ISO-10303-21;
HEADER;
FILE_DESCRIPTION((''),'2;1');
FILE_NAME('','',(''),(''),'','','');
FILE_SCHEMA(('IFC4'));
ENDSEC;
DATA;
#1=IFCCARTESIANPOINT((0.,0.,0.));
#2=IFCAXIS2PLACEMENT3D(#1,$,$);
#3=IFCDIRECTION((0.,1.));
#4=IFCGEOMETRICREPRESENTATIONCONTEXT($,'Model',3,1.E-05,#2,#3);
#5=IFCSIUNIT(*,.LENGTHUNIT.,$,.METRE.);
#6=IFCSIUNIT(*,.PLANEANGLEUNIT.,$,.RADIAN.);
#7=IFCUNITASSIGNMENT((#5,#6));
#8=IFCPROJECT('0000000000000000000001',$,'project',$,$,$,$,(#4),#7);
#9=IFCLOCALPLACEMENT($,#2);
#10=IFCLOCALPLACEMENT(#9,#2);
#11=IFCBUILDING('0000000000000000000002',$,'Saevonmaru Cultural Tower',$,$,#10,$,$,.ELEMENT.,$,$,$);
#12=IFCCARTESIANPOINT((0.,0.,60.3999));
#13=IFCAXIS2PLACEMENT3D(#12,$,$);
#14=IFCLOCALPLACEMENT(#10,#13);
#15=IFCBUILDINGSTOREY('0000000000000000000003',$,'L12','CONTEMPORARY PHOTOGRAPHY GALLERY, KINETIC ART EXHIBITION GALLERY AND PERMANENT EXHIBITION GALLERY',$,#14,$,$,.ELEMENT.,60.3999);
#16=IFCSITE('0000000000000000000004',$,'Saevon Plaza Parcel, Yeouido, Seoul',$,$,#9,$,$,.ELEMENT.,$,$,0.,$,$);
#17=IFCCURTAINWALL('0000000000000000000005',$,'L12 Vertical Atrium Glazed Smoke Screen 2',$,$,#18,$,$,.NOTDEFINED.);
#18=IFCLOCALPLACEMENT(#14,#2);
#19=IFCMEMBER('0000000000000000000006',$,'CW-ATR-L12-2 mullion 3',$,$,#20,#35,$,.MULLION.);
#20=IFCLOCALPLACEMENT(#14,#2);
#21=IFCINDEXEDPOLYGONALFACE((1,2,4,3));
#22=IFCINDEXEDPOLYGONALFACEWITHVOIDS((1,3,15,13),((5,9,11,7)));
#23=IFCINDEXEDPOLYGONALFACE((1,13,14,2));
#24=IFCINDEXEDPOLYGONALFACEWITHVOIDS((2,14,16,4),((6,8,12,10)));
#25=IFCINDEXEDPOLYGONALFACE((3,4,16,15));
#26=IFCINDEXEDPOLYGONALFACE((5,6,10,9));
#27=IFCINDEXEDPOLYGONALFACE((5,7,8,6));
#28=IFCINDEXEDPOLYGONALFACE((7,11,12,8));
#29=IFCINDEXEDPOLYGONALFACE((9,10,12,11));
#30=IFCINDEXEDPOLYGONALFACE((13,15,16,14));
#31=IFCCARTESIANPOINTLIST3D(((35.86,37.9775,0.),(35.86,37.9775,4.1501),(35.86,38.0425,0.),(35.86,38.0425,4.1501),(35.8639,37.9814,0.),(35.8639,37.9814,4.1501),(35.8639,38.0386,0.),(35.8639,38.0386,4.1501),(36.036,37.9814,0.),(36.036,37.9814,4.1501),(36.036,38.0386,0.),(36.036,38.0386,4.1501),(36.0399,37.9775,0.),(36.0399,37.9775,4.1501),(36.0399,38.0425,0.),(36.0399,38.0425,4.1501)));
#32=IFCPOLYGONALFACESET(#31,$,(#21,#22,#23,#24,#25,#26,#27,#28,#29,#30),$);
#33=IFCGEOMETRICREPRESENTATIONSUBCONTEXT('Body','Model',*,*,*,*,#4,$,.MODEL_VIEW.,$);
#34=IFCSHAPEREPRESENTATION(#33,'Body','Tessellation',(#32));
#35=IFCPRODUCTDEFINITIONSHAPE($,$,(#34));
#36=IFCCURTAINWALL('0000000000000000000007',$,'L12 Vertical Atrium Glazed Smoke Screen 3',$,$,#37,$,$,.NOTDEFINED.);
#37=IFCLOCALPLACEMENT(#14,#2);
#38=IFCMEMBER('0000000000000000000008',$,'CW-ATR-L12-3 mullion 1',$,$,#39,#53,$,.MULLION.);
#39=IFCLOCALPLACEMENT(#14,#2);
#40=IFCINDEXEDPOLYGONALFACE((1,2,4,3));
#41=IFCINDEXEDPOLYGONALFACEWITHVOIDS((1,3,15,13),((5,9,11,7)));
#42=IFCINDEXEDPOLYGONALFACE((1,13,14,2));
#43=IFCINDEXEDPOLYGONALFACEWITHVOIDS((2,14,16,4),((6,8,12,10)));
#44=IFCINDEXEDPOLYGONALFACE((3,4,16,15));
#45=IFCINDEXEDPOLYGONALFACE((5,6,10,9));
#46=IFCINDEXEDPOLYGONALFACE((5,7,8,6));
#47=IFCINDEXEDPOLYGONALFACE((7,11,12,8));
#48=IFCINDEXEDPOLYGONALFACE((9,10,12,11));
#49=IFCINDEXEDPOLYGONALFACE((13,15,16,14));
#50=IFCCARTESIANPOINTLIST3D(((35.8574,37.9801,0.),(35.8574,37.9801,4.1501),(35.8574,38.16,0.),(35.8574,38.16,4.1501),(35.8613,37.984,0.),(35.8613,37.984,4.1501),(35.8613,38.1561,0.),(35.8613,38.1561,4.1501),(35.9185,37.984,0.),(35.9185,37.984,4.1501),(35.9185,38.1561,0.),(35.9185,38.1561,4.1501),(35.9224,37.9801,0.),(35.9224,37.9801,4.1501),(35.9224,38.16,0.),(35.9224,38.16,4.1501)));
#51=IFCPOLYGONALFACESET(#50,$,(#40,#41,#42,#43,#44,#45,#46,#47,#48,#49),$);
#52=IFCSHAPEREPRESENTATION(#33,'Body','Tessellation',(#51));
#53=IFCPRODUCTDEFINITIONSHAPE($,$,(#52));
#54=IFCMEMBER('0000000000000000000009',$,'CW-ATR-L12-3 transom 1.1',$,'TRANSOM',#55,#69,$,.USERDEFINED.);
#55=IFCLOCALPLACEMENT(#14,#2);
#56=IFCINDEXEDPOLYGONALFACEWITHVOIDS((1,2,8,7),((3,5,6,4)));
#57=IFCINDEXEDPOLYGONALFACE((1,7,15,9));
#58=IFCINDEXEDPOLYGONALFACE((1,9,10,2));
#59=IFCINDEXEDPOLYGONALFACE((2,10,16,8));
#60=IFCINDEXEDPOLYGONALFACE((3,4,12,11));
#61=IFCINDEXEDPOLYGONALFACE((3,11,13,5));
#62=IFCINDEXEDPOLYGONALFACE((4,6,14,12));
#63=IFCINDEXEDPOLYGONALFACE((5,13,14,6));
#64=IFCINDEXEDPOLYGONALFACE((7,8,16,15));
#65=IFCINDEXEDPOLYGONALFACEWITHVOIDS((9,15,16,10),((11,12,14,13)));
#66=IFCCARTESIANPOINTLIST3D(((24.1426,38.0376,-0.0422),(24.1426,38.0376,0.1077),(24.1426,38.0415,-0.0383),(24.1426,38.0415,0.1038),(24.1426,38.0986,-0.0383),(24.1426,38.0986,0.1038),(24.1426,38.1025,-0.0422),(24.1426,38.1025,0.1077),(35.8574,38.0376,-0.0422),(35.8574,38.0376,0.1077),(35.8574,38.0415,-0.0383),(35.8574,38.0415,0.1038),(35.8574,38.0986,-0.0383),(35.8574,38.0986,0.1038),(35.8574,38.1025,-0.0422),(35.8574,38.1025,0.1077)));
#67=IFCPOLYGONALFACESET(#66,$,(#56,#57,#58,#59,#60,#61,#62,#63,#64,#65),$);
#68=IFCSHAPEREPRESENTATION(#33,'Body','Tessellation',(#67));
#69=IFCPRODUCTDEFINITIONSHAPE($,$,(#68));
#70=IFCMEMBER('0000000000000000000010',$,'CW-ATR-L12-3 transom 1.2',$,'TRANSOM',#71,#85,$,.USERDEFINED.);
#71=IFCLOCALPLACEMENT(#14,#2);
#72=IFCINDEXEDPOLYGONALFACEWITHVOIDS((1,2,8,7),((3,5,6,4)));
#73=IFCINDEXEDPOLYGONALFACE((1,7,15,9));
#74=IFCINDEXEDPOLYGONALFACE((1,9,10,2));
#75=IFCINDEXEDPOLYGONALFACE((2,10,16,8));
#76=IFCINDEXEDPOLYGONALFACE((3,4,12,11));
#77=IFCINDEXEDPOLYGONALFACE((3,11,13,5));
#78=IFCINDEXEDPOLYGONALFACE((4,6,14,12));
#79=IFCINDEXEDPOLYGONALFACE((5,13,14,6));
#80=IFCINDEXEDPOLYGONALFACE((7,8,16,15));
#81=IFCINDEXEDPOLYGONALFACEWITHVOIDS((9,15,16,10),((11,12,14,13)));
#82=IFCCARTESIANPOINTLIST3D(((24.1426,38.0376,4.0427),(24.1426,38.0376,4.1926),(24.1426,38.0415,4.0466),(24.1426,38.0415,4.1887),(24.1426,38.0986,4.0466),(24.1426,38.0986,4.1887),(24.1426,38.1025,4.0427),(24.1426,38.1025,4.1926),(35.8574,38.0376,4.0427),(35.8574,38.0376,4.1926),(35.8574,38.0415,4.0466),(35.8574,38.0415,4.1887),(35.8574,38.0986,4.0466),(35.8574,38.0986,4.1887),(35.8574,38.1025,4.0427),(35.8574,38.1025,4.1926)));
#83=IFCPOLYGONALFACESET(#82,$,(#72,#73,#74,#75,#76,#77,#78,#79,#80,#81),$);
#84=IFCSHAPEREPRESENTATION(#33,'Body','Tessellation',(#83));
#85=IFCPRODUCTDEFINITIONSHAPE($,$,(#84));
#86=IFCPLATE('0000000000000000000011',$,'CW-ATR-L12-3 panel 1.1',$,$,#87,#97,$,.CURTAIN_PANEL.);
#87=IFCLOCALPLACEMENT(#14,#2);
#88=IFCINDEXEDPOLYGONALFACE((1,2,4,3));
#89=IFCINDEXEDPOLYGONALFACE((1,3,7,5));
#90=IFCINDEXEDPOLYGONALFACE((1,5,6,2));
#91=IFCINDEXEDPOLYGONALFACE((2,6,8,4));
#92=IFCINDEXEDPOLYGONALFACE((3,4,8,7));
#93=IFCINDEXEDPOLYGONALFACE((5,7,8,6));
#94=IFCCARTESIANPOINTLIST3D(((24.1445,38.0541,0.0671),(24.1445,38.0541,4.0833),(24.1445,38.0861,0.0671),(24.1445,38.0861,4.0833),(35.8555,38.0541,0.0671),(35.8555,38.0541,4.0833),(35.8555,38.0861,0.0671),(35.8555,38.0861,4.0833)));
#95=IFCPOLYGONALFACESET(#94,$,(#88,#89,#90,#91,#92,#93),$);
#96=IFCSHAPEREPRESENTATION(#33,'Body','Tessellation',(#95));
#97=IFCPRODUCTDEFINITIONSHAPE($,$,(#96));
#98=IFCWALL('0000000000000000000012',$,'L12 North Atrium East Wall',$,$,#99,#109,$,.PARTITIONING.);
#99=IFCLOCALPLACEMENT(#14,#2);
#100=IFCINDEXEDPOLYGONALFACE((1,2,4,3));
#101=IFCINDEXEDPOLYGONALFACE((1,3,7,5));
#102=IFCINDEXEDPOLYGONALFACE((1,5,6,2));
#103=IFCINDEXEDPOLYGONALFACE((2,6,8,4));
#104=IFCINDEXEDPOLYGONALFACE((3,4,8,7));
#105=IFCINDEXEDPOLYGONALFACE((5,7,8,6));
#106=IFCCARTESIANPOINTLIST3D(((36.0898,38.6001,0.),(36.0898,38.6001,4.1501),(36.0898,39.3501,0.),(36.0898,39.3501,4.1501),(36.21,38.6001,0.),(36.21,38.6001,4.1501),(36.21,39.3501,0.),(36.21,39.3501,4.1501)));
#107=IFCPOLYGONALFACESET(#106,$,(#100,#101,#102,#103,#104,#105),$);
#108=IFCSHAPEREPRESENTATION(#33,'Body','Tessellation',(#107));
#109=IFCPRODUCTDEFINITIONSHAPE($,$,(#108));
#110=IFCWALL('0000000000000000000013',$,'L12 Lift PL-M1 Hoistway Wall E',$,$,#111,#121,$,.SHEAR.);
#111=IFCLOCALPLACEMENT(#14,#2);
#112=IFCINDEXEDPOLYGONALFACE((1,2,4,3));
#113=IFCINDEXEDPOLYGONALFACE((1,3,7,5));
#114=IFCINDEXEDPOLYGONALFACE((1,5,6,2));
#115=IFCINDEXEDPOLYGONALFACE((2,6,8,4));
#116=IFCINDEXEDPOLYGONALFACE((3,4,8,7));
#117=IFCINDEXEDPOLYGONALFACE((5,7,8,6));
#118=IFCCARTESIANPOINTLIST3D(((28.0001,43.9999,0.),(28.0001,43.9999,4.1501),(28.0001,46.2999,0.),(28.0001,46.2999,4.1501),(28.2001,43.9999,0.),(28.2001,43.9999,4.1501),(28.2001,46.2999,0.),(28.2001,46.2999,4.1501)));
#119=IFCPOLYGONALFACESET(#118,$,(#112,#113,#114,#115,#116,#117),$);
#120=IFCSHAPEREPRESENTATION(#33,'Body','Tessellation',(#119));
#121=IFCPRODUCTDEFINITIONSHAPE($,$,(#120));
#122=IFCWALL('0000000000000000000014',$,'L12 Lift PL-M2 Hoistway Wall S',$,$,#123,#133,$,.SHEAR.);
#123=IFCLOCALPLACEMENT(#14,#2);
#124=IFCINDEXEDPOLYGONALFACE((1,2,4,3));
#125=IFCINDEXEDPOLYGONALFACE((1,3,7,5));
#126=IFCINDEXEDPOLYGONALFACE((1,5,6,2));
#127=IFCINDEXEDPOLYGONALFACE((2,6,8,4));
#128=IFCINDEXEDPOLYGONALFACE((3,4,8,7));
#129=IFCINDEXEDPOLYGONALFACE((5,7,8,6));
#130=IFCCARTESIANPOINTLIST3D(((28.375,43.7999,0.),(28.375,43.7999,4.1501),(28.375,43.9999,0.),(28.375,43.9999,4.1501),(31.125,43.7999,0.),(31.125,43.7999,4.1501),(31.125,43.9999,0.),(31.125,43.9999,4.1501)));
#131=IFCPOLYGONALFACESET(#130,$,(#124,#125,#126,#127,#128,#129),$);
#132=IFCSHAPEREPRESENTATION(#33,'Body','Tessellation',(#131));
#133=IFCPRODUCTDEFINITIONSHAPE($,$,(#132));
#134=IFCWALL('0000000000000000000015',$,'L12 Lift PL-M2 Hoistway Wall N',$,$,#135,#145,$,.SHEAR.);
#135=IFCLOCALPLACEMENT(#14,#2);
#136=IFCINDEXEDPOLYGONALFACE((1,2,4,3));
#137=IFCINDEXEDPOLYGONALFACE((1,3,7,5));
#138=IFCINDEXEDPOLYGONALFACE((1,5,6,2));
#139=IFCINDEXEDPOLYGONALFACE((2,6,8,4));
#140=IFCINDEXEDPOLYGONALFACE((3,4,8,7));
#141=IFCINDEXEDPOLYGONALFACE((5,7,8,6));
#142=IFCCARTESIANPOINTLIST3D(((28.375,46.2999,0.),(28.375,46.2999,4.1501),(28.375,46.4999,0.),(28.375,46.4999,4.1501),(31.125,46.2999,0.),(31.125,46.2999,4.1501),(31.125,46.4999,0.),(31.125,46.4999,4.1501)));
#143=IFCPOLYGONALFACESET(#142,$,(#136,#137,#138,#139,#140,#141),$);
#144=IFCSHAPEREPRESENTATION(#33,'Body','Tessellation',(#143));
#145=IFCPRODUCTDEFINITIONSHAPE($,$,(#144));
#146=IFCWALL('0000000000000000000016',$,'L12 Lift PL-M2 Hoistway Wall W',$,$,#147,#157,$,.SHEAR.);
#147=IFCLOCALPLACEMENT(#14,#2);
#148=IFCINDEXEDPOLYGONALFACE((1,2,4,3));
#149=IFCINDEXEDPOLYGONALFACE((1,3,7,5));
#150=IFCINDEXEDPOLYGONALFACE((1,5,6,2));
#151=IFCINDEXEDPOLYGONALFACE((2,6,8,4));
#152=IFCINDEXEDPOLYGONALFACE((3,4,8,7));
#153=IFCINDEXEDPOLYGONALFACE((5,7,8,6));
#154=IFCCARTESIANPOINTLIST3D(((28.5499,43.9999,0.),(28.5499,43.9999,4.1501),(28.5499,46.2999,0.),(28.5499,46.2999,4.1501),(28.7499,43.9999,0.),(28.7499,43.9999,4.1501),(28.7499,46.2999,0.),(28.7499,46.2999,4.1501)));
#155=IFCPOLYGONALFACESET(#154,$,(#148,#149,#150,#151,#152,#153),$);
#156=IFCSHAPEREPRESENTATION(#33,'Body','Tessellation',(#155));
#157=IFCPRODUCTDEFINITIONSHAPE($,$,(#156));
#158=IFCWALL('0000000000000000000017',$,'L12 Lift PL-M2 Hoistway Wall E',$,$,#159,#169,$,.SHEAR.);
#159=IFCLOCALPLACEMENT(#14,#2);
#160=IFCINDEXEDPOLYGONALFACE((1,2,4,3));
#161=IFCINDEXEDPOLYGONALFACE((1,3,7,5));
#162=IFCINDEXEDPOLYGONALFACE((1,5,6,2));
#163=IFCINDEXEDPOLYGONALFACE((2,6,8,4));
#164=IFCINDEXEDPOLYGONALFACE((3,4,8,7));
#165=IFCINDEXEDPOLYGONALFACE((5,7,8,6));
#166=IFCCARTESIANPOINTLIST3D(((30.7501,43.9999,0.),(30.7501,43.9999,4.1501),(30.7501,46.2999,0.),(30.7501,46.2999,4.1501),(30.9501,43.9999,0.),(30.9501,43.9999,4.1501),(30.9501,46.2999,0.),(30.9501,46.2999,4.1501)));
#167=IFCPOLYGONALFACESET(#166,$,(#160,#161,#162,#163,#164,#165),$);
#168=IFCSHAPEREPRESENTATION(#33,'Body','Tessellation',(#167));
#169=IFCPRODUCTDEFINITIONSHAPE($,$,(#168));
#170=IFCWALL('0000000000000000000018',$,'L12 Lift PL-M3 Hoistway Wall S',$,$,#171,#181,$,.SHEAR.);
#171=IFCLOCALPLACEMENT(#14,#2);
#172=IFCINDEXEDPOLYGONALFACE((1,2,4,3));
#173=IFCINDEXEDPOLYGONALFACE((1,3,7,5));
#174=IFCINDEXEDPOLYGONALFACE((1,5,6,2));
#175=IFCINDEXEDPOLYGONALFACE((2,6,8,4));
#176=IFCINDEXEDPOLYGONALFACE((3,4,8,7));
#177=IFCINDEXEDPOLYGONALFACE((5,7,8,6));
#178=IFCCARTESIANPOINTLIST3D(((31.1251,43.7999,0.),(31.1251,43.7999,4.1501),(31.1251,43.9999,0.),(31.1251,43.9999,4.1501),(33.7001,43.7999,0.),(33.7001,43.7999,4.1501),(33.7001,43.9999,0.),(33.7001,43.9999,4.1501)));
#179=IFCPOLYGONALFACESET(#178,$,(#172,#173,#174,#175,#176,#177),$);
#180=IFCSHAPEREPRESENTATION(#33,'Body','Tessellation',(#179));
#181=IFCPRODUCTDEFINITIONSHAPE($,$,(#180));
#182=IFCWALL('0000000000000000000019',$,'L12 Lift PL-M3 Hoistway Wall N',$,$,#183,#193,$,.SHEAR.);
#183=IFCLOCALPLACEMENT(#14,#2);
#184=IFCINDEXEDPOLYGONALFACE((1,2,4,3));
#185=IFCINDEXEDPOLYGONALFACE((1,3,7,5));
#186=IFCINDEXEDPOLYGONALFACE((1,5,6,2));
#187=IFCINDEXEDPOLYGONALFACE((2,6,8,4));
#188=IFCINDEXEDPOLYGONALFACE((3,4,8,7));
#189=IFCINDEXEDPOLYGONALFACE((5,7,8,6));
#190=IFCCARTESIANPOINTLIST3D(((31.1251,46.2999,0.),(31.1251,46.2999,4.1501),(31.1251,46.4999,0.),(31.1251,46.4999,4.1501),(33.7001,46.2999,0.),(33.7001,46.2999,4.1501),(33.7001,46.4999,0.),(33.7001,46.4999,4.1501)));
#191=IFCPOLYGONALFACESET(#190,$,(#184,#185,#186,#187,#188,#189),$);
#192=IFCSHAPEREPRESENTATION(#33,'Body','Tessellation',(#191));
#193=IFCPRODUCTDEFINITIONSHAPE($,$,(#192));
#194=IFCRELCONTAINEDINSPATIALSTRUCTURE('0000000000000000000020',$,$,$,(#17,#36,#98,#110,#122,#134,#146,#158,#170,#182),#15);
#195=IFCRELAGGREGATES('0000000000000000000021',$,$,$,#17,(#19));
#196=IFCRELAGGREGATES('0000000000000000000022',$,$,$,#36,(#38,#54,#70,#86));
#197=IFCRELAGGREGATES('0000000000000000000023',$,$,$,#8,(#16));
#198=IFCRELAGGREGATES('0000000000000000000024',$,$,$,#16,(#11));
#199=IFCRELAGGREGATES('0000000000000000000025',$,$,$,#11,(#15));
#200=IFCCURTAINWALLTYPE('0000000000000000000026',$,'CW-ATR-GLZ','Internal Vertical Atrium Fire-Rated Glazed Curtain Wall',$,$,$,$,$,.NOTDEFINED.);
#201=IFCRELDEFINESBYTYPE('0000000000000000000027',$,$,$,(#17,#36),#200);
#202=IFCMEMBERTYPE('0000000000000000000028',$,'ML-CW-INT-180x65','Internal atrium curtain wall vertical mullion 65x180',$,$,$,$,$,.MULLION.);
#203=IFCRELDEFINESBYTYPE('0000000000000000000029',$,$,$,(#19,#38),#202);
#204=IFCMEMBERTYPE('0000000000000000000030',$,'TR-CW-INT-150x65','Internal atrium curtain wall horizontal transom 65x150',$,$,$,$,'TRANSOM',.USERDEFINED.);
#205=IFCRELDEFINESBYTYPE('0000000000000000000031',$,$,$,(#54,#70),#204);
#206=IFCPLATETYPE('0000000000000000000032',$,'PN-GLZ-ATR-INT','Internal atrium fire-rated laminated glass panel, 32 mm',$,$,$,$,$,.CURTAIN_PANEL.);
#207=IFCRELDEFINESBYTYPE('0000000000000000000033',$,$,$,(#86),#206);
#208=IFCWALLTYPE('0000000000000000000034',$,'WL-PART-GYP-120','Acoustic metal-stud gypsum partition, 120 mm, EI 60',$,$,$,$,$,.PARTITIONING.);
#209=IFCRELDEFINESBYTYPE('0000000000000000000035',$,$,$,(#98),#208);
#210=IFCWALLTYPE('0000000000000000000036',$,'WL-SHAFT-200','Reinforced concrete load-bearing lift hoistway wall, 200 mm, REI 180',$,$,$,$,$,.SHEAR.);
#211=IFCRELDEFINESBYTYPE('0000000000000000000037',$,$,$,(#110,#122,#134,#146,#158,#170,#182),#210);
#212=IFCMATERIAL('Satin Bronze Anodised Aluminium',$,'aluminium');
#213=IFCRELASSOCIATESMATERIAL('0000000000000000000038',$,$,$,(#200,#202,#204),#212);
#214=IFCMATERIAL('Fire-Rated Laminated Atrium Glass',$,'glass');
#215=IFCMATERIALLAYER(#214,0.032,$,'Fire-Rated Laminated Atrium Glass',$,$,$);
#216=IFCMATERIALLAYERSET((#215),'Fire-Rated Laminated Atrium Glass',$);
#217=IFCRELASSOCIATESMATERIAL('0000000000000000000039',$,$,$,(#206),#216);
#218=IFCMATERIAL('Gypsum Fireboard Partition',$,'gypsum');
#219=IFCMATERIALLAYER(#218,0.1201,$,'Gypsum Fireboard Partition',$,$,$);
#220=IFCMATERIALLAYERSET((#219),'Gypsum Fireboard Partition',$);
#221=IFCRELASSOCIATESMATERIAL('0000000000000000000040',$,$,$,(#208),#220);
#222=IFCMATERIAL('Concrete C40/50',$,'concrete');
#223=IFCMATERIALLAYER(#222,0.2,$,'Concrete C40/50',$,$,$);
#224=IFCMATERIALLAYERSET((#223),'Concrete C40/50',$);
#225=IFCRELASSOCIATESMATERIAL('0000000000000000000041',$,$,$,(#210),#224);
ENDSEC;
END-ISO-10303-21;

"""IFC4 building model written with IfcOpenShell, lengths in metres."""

from ifc_helpers import new_model, si_unit, direction, frame, frame_2d, origin, origin_2d, place, context, subcontext, project, spatial, rectangle, hollow_rectangle, extrude, material, layer, layer_set, material_profile, profile_set, type_object, element, aggregate, save


model = new_model("IFC4")

# Units and contexts
model_context = context("Model", 3, precision=1e-05, world=origin(), true_north=direction((0.0, 1.0)))
body_context = subcontext(model_context, "Body", "Model", "MODEL_VIEW")
ifc_project = project(units=[si_unit("LENGTHUNIT", "METRE"), si_unit("PLANEANGLEUNIT", "RADIAN")], contexts=[model_context])

# Site, building, storey
site_placement = place(None, origin())
site = spatial("IfcSite", under=ifc_project, at=site_placement, Name="Saevon Plaza Parcel, Yeouido, Seoul", CompositionType="ELEMENT", RefElevation=0.0)
building_placement = place(site_placement, origin())
building = spatial("IfcBuilding", under=site, at=building_placement, Name="Saevonmaru Cultural Tower", CompositionType="ELEMENT")
storey_placement = place(building_placement, frame((0.0, 0.0, 60.3999)))
storey = spatial("IfcBuildingStorey", under=building, at=storey_placement, Name="L12", Description="CONTEMPORARY PHOTOGRAPHY GALLERY, KINETIC ART EXHIBITION GALLERY AND PERMANENT EXHIBITION GALLERY", CompositionType="ELEMENT", Elevation=60.3999)

# Curtain wall, member
ifc_material_1 = material(Name="Satin Bronze Anodised Aluminium", Category="aluminium")
curtain_wall_type = type_object("IfcCurtainWallType", Name="CW-ATR-GLZ", Description="Internal Vertical Atrium Fire-Rated Glazed Curtain Wall", PredefinedType="NOTDEFINED", material=ifc_material_1)
curtain_wall_1_placement = place(storey_placement, origin())
curtain_wall_1 = element("IfcCurtainWall", 1, at=curtain_wall_1_placement, inside=storey, type_object=curtain_wall_type, Name="L12 Vertical Atrium Glazed Smoke Screen 2", PredefinedType="NOTDEFINED")
ifc_material_profile_1 = material_profile(ifc_material_1, hollow_rectangle(XDim=0.0649, YDim=0.1799, WallThickness=0.0039, at=origin_2d()), Name="ALU-MULL-180x65x4")
ifc_profile_set_1 = profile_set([ifc_material_profile_1], Name="Satin Bronze Anodised Aluminium")
member_type_1 = type_object("IfcMemberType", Name="ML-CW-INT-180x65", Description="Internal atrium curtain wall vertical mullion 65x180", PredefinedType="MULLION", material=ifc_profile_set_1)
member_1_placement = place(storey_placement, frame((35.95, 38.01, 0.0), z_axis=(0.0, 0.0, 1.0), x_axis=(0.0, 1.0, 0.0)))
member_1 = element("IfcMember", 2, at=member_1_placement, type_object=member_type_1, Name="CW-ATR-L12-2 mullion 3", PredefinedType="MULLION", context=body_context, shape_type="SweptSolid", body=[
    extrude(hollow_rectangle(XDim=0.0649, YDim=0.1799, WallThickness=0.0039, at=origin_2d()), origin(), (0.0, 0.0, 1.0), 4.1501),
])
aggregate(curtain_wall_1, [member_1])

# Curtain wall, members, plate
curtain_wall_2_placement = place(storey_placement, origin())
curtain_wall_2 = element("IfcCurtainWall", 3, at=curtain_wall_2_placement, inside=storey, type_object=curtain_wall_type, Name="L12 Vertical Atrium Glazed Smoke Screen 3", PredefinedType="NOTDEFINED")
member_2_placement = place(storey_placement, frame((35.8899, 38.0701, 0.0), z_axis=(0.0, 0.0, 1.0), x_axis=(-1.0, 0.0, 0.0)))
member_2 = element("IfcMember", 4, at=member_2_placement, type_object=member_type_1, Name="CW-ATR-L12-3 mullion 1", PredefinedType="MULLION", context=body_context, shape_type="SweptSolid", body=[
    extrude(hollow_rectangle(XDim=0.0649, YDim=0.1799, WallThickness=0.0039, at=origin_2d()), origin(), (0.0, 0.0, 1.0), 4.1501),
])
ifc_material_profile_2 = material_profile(ifc_material_1, hollow_rectangle(XDim=0.0649, YDim=0.1499, WallThickness=0.0039, at=origin_2d()), Name="ALU-TRAN-150x65x4")
ifc_profile_set_2 = profile_set([ifc_material_profile_2], Name="Satin Bronze Anodised Aluminium")
member_type_2 = type_object("IfcMemberType", Name="TR-CW-INT-150x65", Description="Internal atrium curtain wall horizontal transom 65x150", ElementType="TRANSOM", PredefinedType="USERDEFINED", material=ifc_profile_set_2)
member_3_placement = place(storey_placement, frame((35.8574, 38.0701, 0.0327), z_axis=(-1.0, 0.0, 0.0), x_axis=(0.0, -1.0, 0.0)))
member_3 = element("IfcMember", 5, at=member_3_placement, type_object=member_type_2, Name="CW-ATR-L12-3 transom 1.1", ObjectType="TRANSOM", PredefinedType="USERDEFINED", context=body_context, shape_type="SweptSolid", body=[
    extrude(hollow_rectangle(XDim=0.0649, YDim=0.1499, WallThickness=0.0039, at=origin_2d()), origin(), (0.0, 0.0, 1.0), 11.7148),
])
member_4_placement = place(storey_placement, frame((35.8574, 38.0701, 4.1177), z_axis=(-1.0, 0.0, 0.0), x_axis=(0.0, -1.0, 0.0)))
member_4 = element("IfcMember", 6, at=member_4_placement, type_object=member_type_2, Name="CW-ATR-L12-3 transom 1.2", ObjectType="TRANSOM", PredefinedType="USERDEFINED", context=body_context, shape_type="SweptSolid", body=[
    extrude(hollow_rectangle(XDim=0.0649, YDim=0.1499, WallThickness=0.0039, at=origin_2d()), origin(), (0.0, 0.0, 1.0), 11.7148),
])
ifc_material_2 = material(Name="Fire-Rated Laminated Atrium Glass", Category="glass")
ifc_layer_1 = layer(ifc_material_2, 0.032, Name="Fire-Rated Laminated Atrium Glass")
ifc_layer_set_1 = layer_set([ifc_layer_1], Name="Fire-Rated Laminated Atrium Glass")
plate_type = type_object("IfcPlateType", Name="PN-GLZ-ATR-INT", Description="Internal atrium fire-rated laminated glass panel, 32 mm", PredefinedType="CURTAIN_PANEL", material=ifc_layer_set_1)
plate_placement = place(storey_placement, frame((30.0, 38.0701, 0.0671), z_axis=(0.0, 0.0, 1.0), x_axis=(-1.0, 0.0, 0.0)))
plate = element("IfcPlate", 7, at=plate_placement, type_object=plate_type, Name="CW-ATR-L12-3 panel 1.1", PredefinedType="CURTAIN_PANEL", context=body_context, shape_type="SweptSolid", body=[
    extrude(rectangle(XDim=11.7109, YDim=0.032, at=origin_2d()), origin(), (0.0, 0.0, 1.0), 4.0161),
])
aggregate(curtain_wall_2, [member_2, member_3, member_4, plate])

# Walls
ifc_material_3 = material(Name="Gypsum Fireboard Partition", Category="gypsum")
ifc_layer_2 = layer(ifc_material_3, 0.1201, Name="Gypsum Fireboard Partition")
ifc_layer_set_2 = layer_set([ifc_layer_2], Name="Gypsum Fireboard Partition")
wall_type_1 = type_object("IfcWallType", Name="WL-PART-GYP-120", Description="Acoustic metal-stud gypsum partition, 120 mm, EI 60", PredefinedType="PARTITIONING", material=ifc_layer_set_2)
wall_1_placement = place(storey_placement, frame((36.1499, 38.6001, 0.0), z_axis=(0.0, 0.0, 1.0), x_axis=(0.0, 1.0, 0.0)))
element("IfcWall", 8, at=wall_1_placement, inside=storey, type_object=wall_type_1, Name="L12 North Atrium East Wall", PredefinedType="PARTITIONING", context=body_context, shape_type="SweptSolid", body=[
    extrude(rectangle(XDim=0.75, YDim=0.1201, at=frame_2d((0.375, 0.0))), origin(), (0.0, 0.0, 1.0), 4.1501),
])
ifc_material_4 = material(Name="Concrete C40/50", Category="concrete")
ifc_layer_3 = layer(ifc_material_4, 0.2, Name="Concrete C40/50")
ifc_layer_set_3 = layer_set([ifc_layer_3], Name="Concrete C40/50")
wall_type_2 = type_object("IfcWallType", Name="WL-SHAFT-200", Description="Reinforced concrete load-bearing lift hoistway wall, 200 mm, REI 180", PredefinedType="SHEAR", material=ifc_layer_set_3)
wall_2_placement = place(storey_placement, frame((28.1001, 44.0, 0.0), z_axis=(0.0, 0.0, 1.0), x_axis=(0.0, 1.0, 0.0)))
element("IfcWall", 9, at=wall_2_placement, inside=storey, type_object=wall_type_2, Name="L12 Lift PL-M1 Hoistway Wall E", PredefinedType="SHEAR", context=body_context, shape_type="SweptSolid", body=[
    extrude(rectangle(XDim=2.3, YDim=0.2, at=frame_2d((1.1499, 0.0))), origin(), (0.0, 0.0, 1.0), 4.1501),
])
for number, where, z_axis, x_axis, name in (
    (10, (28.375, 43.8999, 0.0), (0.0, 0.0, 1.0), (1.0, 0.0, 0.0), "L12 Lift PL-M2 Hoistway Wall S"),
    (11, (28.375, 46.3999, 0.0), (0.0, 0.0, 1.0), (1.0, 0.0, 0.0), "L12 Lift PL-M2 Hoistway Wall N"),
):
    element("IfcWall", number, at=place(storey_placement, frame(where, z_axis=z_axis, x_axis=x_axis)), inside=storey, type_object=wall_type_2, Name=name, PredefinedType="SHEAR", context=body_context, shape_type="SweptSolid", body=[
        extrude(rectangle(XDim=2.75, YDim=0.2, at=frame_2d((1.375, 0.0))), origin(), (0.0, 0.0, 1.0), 4.1501),
    ])
for number, where, z_axis, x_axis, name in (
    (12, (28.6499, 44.0, 0.0), (0.0, 0.0, 1.0), (0.0, 1.0, 0.0), "L12 Lift PL-M2 Hoistway Wall W"),
    (13, (30.8501, 44.0, 0.0), (0.0, 0.0, 1.0), (0.0, 1.0, 0.0), "L12 Lift PL-M2 Hoistway Wall E"),
):
    element("IfcWall", number, at=place(storey_placement, frame(where, z_axis=z_axis, x_axis=x_axis)), inside=storey, type_object=wall_type_2, Name=name, PredefinedType="SHEAR", context=body_context, shape_type="SweptSolid", body=[
        extrude(rectangle(XDim=2.3, YDim=0.2, at=frame_2d((1.1499, 0.0))), origin(), (0.0, 0.0, 1.0), 4.1501),
    ])
for number, where, z_axis, x_axis, name in (
    (14, (31.125, 43.8999, 0.0), (0.0, 0.0, 1.0), (1.0, 0.0, 0.0), "L12 Lift PL-M3 Hoistway Wall S"),
    (15, (31.125, 46.3999, 0.0), (0.0, 0.0, 1.0), (1.0, 0.0, 0.0), "L12 Lift PL-M3 Hoistway Wall N"),
):
    element("IfcWall", number, at=place(storey_placement, frame(where, z_axis=z_axis, x_axis=x_axis)), inside=storey, type_object=wall_type_2, Name=name, PredefinedType="SHEAR", context=body_context, shape_type="SweptSolid", body=[
        extrude(rectangle(XDim=2.575, YDim=0.2, at=frame_2d((1.2876, 0.0))), origin(), (0.0, 0.0, 1.0), 4.1501),
    ])

save(model, "model.ifc")
